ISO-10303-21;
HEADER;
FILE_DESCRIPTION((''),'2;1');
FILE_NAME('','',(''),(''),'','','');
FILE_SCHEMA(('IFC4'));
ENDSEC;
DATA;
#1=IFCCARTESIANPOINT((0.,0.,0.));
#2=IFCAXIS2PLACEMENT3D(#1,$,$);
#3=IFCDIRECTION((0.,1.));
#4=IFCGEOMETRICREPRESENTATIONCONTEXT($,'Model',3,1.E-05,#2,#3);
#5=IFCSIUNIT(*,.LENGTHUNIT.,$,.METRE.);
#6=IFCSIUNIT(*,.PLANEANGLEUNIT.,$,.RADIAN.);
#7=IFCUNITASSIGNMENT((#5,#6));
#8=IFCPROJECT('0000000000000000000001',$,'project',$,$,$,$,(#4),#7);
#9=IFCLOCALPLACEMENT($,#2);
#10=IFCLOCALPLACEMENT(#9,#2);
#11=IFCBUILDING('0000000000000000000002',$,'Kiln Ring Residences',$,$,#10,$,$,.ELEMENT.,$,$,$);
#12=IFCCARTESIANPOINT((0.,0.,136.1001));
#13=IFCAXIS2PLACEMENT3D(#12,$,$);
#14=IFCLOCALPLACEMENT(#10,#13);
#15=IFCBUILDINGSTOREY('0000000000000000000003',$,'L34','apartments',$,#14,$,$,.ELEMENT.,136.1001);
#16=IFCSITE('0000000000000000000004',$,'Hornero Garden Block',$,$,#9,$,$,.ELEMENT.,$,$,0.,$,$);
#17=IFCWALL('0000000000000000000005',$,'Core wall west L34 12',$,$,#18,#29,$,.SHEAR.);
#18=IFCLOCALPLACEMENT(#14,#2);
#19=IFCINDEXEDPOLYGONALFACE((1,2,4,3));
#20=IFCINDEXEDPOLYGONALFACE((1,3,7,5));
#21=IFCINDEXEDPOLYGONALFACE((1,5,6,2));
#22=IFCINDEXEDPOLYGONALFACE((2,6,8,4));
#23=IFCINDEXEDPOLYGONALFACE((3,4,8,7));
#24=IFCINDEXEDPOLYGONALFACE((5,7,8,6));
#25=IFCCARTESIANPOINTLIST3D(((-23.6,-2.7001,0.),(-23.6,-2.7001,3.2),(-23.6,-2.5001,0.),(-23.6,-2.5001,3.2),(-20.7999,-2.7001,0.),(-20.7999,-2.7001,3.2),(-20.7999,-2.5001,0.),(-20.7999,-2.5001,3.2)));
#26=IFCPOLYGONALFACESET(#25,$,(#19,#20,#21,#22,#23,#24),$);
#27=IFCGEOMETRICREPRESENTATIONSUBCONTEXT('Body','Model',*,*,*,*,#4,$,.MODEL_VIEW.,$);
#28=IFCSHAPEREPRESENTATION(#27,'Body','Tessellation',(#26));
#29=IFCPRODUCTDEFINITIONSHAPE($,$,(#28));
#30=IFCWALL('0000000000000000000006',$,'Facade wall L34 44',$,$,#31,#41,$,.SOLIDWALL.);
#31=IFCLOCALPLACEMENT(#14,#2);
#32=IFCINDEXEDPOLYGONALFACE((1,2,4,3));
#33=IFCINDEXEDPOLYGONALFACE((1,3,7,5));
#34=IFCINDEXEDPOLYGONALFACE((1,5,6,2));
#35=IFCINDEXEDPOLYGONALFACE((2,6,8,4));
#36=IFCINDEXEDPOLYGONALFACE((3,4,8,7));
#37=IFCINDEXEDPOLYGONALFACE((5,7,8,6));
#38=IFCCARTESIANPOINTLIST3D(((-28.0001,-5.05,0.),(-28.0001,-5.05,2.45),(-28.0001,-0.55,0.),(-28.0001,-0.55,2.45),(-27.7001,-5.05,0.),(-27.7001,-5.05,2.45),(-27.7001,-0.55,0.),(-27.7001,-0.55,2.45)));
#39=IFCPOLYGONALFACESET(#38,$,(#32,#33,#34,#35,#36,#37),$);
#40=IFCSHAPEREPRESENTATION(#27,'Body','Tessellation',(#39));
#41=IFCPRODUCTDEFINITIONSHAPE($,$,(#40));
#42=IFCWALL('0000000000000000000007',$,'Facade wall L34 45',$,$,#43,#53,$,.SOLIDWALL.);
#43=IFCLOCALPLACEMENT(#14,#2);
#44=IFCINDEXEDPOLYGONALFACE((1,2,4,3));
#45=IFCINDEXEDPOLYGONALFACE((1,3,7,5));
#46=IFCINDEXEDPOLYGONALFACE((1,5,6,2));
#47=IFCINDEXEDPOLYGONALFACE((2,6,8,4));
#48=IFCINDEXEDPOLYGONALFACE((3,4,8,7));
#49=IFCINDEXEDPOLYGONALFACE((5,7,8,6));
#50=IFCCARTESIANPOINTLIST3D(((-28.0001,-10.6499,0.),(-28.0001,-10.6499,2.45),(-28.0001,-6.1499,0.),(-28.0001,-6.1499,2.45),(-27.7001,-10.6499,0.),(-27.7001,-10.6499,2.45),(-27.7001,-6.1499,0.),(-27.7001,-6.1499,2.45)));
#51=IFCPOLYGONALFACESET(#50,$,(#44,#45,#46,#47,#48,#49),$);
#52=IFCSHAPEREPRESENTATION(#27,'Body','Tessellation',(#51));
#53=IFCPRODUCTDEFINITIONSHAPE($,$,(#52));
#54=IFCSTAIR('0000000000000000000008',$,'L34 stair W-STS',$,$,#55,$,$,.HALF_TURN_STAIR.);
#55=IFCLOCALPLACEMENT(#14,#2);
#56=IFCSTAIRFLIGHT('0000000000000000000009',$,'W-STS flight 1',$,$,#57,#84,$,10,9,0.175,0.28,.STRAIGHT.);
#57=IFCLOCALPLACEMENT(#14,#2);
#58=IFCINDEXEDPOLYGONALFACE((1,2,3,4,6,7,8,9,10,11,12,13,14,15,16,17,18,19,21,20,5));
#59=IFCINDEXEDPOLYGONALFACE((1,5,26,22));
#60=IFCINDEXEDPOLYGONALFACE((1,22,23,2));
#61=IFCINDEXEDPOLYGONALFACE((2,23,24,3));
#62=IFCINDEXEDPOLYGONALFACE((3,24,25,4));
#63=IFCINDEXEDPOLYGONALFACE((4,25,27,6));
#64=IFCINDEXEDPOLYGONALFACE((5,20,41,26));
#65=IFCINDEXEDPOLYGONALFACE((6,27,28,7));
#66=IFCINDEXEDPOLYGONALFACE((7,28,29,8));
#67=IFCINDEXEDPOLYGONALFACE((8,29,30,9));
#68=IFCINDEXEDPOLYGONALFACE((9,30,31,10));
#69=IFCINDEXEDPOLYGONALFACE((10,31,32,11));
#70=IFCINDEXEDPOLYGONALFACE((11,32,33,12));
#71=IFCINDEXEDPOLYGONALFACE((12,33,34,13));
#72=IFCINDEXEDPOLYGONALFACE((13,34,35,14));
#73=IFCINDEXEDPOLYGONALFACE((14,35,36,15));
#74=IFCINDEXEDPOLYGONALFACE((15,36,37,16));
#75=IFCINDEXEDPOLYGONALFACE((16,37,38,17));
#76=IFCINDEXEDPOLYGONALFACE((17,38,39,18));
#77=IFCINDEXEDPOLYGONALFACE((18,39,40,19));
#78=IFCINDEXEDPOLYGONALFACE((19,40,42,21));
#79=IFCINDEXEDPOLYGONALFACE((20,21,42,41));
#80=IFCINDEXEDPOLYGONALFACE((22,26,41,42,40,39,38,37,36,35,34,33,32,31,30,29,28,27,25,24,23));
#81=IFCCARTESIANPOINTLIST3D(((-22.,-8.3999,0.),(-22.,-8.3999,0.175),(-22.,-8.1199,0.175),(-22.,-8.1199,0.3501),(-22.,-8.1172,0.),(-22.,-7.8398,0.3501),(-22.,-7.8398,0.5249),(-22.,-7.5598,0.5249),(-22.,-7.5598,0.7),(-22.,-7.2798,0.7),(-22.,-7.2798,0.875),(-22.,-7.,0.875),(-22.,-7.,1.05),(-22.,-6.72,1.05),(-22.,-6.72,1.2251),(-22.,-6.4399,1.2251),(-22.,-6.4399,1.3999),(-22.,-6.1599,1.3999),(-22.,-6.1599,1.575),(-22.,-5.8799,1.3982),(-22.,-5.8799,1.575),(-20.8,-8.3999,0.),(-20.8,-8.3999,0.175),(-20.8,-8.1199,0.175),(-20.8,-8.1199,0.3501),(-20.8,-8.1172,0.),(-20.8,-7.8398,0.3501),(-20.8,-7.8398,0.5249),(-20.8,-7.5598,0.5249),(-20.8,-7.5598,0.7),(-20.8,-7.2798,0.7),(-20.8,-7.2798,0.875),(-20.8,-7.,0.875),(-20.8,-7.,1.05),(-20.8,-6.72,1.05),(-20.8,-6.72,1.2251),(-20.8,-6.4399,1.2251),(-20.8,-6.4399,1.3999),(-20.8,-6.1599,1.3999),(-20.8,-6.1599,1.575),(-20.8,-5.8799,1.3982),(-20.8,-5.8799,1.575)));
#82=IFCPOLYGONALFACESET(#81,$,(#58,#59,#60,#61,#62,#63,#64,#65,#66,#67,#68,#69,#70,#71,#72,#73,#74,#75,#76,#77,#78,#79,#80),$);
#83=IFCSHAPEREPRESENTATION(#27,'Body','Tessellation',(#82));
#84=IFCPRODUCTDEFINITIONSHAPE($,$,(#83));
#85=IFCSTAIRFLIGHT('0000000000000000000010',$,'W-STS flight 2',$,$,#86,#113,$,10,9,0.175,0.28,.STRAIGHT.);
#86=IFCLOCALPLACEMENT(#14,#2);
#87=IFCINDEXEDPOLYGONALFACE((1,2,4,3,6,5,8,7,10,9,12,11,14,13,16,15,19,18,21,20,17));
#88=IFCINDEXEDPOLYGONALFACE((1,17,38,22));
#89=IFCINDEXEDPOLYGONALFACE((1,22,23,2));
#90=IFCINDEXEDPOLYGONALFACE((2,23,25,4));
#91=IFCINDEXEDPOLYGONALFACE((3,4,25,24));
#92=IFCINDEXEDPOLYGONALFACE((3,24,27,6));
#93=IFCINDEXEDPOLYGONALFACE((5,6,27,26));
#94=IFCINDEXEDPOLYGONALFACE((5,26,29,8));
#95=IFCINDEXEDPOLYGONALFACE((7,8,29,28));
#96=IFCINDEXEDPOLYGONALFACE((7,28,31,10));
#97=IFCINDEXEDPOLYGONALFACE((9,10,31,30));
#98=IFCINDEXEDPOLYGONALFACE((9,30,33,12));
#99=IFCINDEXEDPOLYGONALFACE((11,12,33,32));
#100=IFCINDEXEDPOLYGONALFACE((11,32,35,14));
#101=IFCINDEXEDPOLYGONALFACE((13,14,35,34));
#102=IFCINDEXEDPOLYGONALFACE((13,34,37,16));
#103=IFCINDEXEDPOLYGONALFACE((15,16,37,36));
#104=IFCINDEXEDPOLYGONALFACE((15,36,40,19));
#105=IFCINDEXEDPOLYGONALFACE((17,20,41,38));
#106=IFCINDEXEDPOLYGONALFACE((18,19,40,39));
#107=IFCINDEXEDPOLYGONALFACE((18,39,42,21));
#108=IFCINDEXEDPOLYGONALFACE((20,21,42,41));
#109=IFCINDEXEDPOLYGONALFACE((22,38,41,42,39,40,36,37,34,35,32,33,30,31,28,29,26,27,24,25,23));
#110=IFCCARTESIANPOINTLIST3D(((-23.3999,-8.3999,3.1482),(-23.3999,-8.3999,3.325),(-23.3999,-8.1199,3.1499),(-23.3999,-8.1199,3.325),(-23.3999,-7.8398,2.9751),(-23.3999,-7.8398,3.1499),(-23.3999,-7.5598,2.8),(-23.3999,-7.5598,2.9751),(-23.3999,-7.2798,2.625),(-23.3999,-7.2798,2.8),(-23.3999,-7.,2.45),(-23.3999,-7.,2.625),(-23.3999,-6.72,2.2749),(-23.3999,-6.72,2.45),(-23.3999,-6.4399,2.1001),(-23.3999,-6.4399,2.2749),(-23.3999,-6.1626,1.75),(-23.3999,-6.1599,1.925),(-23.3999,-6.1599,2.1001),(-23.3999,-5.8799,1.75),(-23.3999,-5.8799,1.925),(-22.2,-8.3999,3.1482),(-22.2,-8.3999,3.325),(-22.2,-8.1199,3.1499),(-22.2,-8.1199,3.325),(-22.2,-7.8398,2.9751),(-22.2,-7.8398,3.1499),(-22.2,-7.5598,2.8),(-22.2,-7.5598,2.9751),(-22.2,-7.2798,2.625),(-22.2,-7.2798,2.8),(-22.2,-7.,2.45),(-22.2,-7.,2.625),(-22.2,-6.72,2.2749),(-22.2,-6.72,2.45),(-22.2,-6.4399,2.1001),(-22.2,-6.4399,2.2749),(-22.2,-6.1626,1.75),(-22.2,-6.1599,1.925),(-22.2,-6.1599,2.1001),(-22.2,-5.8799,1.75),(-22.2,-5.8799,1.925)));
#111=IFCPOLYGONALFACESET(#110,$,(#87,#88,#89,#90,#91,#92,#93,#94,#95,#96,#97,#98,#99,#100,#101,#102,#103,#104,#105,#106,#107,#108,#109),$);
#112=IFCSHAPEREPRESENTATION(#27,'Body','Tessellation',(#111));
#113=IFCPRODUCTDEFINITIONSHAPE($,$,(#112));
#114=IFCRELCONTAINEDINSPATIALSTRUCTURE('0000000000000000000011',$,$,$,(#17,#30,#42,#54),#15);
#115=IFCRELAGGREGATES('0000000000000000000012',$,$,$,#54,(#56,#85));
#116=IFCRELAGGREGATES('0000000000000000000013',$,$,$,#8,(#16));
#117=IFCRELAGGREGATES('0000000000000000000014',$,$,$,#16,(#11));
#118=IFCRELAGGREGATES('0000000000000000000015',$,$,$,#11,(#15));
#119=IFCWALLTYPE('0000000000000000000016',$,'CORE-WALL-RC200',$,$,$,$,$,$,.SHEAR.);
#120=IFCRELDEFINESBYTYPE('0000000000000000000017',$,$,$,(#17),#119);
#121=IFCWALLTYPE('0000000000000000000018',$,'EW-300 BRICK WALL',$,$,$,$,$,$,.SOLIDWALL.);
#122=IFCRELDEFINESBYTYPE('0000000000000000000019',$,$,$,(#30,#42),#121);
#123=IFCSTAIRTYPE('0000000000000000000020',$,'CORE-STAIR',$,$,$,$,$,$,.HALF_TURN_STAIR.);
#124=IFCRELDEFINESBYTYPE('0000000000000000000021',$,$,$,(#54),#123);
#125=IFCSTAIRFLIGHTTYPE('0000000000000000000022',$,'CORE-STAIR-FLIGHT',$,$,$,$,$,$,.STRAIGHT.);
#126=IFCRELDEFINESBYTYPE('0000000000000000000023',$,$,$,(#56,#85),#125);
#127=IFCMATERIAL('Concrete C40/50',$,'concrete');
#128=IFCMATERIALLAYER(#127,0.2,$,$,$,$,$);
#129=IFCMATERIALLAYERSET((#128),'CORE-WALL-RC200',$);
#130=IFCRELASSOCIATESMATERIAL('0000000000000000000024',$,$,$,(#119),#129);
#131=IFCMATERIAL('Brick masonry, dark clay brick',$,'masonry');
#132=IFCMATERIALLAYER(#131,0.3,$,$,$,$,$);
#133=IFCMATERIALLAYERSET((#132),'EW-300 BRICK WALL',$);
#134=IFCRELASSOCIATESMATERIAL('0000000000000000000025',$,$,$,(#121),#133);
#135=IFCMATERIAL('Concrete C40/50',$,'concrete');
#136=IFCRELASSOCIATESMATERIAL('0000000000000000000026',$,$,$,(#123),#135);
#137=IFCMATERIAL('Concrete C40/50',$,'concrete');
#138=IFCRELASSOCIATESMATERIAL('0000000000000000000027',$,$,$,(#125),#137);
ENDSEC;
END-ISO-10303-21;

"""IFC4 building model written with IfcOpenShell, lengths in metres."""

from ifc_helpers import new_model, si_unit, direction, frame, frame_2d, origin, place, context, subcontext, project, spatial, polyline, rectangle, outline, extrude, material, layer, layer_set, type_object, element, aggregate, save


model = new_model("IFC4")

# Units and contexts
model_context = context("Model", 3, precision=1e-05, world=origin(), true_north=direction((0.0, 1.0)))
body_context = subcontext(model_context, "Body", "Model", "MODEL_VIEW")
ifc_project = project(units=[si_unit("LENGTHUNIT", "METRE"), si_unit("PLANEANGLEUNIT", "RADIAN")], contexts=[model_context])

# Site, building, storey
site_placement = place(None, origin())
site = spatial("IfcSite", under=ifc_project, at=site_placement, Name="Hornero Garden Block", CompositionType="ELEMENT", RefElevation=0.0)
building_placement = place(site_placement, origin())
building = spatial("IfcBuilding", under=site, at=building_placement, Name="Kiln Ring Residences", CompositionType="ELEMENT")
storey_placement = place(building_placement, frame((0.0, 0.0, 136.1001)))
storey = spatial("IfcBuildingStorey", under=building, at=storey_placement, Name="L34", Description="apartments", CompositionType="ELEMENT", Elevation=136.1001)

# Shared definitions
ifc_material_1 = material(Name="Concrete C40/50", Category="concrete")
ifc_layer_1 = layer(ifc_material_1, 0.2)
ifc_layer_set_1 = layer_set([ifc_layer_1], Name="CORE-WALL-RC200")
wall_type_1 = type_object("IfcWallType", Name="CORE-WALL-RC200", PredefinedType="SHEAR", material=ifc_layer_set_1)

# Walls
wall_1_placement = place(storey_placement, frame((-20.8, -2.6001, 0.0), z_axis=(0.0, 0.0, 1.0), x_axis=(-1.0, 0.0, 0.0)))
element("IfcWall", 1, at=wall_1_placement, inside=storey, type_object=wall_type_1, Name="Core wall west L34 12", PredefinedType="SHEAR", context=body_context, shape_type="SweptSolid", body=[
    extrude(rectangle(XDim=2.8, YDim=0.2, at=frame_2d((1.3999, 0.0))), origin(), (0.0, 0.0, 1.0), 3.2),
])
ifc_material_2 = material(Name="Brick masonry, dark clay brick", Category="masonry")
ifc_layer_2 = layer(ifc_material_2, 0.3)
ifc_layer_set_2 = layer_set([ifc_layer_2], Name="EW-300 BRICK WALL")
wall_type_2 = type_object("IfcWallType", Name="EW-300 BRICK WALL", PredefinedType="SOLIDWALL", material=ifc_layer_set_2)
for number, where, z_axis, x_axis, name in (
    (2, (-27.8501, -0.55, 0.0), (0.0, 0.0, 1.0), (0.0, -1.0, 0.0), "Facade wall L34 44"),
    (3, (-27.8501, -6.1499, 0.0), (0.0, 0.0, 1.0), (0.0, -1.0, 0.0), "Facade wall L34 45"),
):
    element("IfcWall", number, at=place(storey_placement, frame(where, z_axis=z_axis, x_axis=x_axis)), inside=storey, type_object=wall_type_2, Name=name, PredefinedType="SOLIDWALL", context=body_context, shape_type="SweptSolid", body=[
        extrude(rectangle(XDim=4.5, YDim=0.3, at=frame_2d((2.25, 0.0))), origin(), (0.0, 0.0, 1.0), 2.45),
    ])

# Stair, stair flights
ifc_material_3 = material(Name="Concrete C40/50", Category="concrete")
stair_type = type_object("IfcStairType", Name="CORE-STAIR", PredefinedType="HALF_TURN_STAIR", material=ifc_material_3)
stair_placement = place(storey_placement, origin())
stair = element("IfcStair", 4, at=stair_placement, inside=storey, type_object=stair_type, Name="L34 stair W-STS", PredefinedType="HALF_TURN_STAIR")
ifc_material_4 = material(Name="Concrete C40/50", Category="concrete")
stair_flight_type = type_object("IfcStairFlightType", Name="CORE-STAIR-FLIGHT", PredefinedType="STRAIGHT", material=ifc_material_4)
stair_flight_1_placement = place(storey_placement, frame((-21.3999, -8.3999, 0.0), z_axis=(0.0, 0.0, 1.0), x_axis=(0.0, 1.0, 0.0)))
stair_flight_1 = element("IfcStairFlight", 5, at=stair_flight_1_placement, type_object=stair_flight_type, Name="W-STS flight 1", NumberOfRisers=10, NumberOfTreads=9, PredefinedType="STRAIGHT", RiserHeight=0.175, TreadLength=0.28, context=body_context, shape_type="SweptSolid", body=[
    extrude(outline(polyline([(0.0, 0.0), (0.0, 0.175), (0.28, 0.175), (0.28, 0.3501), (0.5601, 0.3501), (0.5601, 0.5249), (0.8401, 0.5249), (0.8401, 0.7), (1.1201, 0.7), (1.1201, 0.875), (1.3999, 0.875), (1.3999, 1.05), (1.6799, 1.05), (1.6799, 1.2251), (1.96, 1.2251), (1.96, 1.3999), (2.24, 1.3999), (2.24, 1.575), (2.52, 1.575), (2.52, 1.75), (2.52, 1.3982), (0.2827, 0.0), (0.0, 0.0)])), frame((0.0, 0.6001, 0.0), z_axis=(0.0, -1.0, 0.0), x_axis=(1.0, 0.0, 0.0)), (0.0, 0.0, 1.0), 1.2),
])
stair_flight_2_placement = place(storey_placement, frame((-22.8, -5.8799, 1.75), z_axis=(0.0, 0.0, 1.0), x_axis=(0.0, -1.0, 0.0)))
stair_flight_2 = element("IfcStairFlight", 6, at=stair_flight_2_placement, type_object=stair_flight_type, Name="W-STS flight 2", NumberOfRisers=10, NumberOfTreads=9, PredefinedType="STRAIGHT", RiserHeight=0.175, TreadLength=0.28, context=body_context, shape_type="SweptSolid", body=[
    extrude(outline(polyline([(0.0, 0.0), (0.0, 0.175), (0.28, 0.175), (0.28, 0.3501), (0.5601, 0.3501), (0.5601, 0.5249), (0.8401, 0.5249), (0.8401, 0.7), (1.1201, 0.7), (1.1201, 0.875), (1.3999, 0.875), (1.3999, 1.05), (1.6799, 1.05), (1.6799, 1.2251), (1.96, 1.2251), (1.96, 1.3999), (2.24, 1.3999), (2.24, 1.575), (2.52, 1.575), (2.52, 1.75), (2.52, 1.3982), (0.2827, 0.0), (0.0, 0.0)])), frame((0.0, 0.6001, 0.0), z_axis=(0.0, -1.0, 0.0), x_axis=(1.0, 0.0, 0.0)), (0.0, 0.0, 1.0), 1.2),
])
aggregate(stair, [stair_flight_1, stair_flight_2])

save(model, "model.ifc")
